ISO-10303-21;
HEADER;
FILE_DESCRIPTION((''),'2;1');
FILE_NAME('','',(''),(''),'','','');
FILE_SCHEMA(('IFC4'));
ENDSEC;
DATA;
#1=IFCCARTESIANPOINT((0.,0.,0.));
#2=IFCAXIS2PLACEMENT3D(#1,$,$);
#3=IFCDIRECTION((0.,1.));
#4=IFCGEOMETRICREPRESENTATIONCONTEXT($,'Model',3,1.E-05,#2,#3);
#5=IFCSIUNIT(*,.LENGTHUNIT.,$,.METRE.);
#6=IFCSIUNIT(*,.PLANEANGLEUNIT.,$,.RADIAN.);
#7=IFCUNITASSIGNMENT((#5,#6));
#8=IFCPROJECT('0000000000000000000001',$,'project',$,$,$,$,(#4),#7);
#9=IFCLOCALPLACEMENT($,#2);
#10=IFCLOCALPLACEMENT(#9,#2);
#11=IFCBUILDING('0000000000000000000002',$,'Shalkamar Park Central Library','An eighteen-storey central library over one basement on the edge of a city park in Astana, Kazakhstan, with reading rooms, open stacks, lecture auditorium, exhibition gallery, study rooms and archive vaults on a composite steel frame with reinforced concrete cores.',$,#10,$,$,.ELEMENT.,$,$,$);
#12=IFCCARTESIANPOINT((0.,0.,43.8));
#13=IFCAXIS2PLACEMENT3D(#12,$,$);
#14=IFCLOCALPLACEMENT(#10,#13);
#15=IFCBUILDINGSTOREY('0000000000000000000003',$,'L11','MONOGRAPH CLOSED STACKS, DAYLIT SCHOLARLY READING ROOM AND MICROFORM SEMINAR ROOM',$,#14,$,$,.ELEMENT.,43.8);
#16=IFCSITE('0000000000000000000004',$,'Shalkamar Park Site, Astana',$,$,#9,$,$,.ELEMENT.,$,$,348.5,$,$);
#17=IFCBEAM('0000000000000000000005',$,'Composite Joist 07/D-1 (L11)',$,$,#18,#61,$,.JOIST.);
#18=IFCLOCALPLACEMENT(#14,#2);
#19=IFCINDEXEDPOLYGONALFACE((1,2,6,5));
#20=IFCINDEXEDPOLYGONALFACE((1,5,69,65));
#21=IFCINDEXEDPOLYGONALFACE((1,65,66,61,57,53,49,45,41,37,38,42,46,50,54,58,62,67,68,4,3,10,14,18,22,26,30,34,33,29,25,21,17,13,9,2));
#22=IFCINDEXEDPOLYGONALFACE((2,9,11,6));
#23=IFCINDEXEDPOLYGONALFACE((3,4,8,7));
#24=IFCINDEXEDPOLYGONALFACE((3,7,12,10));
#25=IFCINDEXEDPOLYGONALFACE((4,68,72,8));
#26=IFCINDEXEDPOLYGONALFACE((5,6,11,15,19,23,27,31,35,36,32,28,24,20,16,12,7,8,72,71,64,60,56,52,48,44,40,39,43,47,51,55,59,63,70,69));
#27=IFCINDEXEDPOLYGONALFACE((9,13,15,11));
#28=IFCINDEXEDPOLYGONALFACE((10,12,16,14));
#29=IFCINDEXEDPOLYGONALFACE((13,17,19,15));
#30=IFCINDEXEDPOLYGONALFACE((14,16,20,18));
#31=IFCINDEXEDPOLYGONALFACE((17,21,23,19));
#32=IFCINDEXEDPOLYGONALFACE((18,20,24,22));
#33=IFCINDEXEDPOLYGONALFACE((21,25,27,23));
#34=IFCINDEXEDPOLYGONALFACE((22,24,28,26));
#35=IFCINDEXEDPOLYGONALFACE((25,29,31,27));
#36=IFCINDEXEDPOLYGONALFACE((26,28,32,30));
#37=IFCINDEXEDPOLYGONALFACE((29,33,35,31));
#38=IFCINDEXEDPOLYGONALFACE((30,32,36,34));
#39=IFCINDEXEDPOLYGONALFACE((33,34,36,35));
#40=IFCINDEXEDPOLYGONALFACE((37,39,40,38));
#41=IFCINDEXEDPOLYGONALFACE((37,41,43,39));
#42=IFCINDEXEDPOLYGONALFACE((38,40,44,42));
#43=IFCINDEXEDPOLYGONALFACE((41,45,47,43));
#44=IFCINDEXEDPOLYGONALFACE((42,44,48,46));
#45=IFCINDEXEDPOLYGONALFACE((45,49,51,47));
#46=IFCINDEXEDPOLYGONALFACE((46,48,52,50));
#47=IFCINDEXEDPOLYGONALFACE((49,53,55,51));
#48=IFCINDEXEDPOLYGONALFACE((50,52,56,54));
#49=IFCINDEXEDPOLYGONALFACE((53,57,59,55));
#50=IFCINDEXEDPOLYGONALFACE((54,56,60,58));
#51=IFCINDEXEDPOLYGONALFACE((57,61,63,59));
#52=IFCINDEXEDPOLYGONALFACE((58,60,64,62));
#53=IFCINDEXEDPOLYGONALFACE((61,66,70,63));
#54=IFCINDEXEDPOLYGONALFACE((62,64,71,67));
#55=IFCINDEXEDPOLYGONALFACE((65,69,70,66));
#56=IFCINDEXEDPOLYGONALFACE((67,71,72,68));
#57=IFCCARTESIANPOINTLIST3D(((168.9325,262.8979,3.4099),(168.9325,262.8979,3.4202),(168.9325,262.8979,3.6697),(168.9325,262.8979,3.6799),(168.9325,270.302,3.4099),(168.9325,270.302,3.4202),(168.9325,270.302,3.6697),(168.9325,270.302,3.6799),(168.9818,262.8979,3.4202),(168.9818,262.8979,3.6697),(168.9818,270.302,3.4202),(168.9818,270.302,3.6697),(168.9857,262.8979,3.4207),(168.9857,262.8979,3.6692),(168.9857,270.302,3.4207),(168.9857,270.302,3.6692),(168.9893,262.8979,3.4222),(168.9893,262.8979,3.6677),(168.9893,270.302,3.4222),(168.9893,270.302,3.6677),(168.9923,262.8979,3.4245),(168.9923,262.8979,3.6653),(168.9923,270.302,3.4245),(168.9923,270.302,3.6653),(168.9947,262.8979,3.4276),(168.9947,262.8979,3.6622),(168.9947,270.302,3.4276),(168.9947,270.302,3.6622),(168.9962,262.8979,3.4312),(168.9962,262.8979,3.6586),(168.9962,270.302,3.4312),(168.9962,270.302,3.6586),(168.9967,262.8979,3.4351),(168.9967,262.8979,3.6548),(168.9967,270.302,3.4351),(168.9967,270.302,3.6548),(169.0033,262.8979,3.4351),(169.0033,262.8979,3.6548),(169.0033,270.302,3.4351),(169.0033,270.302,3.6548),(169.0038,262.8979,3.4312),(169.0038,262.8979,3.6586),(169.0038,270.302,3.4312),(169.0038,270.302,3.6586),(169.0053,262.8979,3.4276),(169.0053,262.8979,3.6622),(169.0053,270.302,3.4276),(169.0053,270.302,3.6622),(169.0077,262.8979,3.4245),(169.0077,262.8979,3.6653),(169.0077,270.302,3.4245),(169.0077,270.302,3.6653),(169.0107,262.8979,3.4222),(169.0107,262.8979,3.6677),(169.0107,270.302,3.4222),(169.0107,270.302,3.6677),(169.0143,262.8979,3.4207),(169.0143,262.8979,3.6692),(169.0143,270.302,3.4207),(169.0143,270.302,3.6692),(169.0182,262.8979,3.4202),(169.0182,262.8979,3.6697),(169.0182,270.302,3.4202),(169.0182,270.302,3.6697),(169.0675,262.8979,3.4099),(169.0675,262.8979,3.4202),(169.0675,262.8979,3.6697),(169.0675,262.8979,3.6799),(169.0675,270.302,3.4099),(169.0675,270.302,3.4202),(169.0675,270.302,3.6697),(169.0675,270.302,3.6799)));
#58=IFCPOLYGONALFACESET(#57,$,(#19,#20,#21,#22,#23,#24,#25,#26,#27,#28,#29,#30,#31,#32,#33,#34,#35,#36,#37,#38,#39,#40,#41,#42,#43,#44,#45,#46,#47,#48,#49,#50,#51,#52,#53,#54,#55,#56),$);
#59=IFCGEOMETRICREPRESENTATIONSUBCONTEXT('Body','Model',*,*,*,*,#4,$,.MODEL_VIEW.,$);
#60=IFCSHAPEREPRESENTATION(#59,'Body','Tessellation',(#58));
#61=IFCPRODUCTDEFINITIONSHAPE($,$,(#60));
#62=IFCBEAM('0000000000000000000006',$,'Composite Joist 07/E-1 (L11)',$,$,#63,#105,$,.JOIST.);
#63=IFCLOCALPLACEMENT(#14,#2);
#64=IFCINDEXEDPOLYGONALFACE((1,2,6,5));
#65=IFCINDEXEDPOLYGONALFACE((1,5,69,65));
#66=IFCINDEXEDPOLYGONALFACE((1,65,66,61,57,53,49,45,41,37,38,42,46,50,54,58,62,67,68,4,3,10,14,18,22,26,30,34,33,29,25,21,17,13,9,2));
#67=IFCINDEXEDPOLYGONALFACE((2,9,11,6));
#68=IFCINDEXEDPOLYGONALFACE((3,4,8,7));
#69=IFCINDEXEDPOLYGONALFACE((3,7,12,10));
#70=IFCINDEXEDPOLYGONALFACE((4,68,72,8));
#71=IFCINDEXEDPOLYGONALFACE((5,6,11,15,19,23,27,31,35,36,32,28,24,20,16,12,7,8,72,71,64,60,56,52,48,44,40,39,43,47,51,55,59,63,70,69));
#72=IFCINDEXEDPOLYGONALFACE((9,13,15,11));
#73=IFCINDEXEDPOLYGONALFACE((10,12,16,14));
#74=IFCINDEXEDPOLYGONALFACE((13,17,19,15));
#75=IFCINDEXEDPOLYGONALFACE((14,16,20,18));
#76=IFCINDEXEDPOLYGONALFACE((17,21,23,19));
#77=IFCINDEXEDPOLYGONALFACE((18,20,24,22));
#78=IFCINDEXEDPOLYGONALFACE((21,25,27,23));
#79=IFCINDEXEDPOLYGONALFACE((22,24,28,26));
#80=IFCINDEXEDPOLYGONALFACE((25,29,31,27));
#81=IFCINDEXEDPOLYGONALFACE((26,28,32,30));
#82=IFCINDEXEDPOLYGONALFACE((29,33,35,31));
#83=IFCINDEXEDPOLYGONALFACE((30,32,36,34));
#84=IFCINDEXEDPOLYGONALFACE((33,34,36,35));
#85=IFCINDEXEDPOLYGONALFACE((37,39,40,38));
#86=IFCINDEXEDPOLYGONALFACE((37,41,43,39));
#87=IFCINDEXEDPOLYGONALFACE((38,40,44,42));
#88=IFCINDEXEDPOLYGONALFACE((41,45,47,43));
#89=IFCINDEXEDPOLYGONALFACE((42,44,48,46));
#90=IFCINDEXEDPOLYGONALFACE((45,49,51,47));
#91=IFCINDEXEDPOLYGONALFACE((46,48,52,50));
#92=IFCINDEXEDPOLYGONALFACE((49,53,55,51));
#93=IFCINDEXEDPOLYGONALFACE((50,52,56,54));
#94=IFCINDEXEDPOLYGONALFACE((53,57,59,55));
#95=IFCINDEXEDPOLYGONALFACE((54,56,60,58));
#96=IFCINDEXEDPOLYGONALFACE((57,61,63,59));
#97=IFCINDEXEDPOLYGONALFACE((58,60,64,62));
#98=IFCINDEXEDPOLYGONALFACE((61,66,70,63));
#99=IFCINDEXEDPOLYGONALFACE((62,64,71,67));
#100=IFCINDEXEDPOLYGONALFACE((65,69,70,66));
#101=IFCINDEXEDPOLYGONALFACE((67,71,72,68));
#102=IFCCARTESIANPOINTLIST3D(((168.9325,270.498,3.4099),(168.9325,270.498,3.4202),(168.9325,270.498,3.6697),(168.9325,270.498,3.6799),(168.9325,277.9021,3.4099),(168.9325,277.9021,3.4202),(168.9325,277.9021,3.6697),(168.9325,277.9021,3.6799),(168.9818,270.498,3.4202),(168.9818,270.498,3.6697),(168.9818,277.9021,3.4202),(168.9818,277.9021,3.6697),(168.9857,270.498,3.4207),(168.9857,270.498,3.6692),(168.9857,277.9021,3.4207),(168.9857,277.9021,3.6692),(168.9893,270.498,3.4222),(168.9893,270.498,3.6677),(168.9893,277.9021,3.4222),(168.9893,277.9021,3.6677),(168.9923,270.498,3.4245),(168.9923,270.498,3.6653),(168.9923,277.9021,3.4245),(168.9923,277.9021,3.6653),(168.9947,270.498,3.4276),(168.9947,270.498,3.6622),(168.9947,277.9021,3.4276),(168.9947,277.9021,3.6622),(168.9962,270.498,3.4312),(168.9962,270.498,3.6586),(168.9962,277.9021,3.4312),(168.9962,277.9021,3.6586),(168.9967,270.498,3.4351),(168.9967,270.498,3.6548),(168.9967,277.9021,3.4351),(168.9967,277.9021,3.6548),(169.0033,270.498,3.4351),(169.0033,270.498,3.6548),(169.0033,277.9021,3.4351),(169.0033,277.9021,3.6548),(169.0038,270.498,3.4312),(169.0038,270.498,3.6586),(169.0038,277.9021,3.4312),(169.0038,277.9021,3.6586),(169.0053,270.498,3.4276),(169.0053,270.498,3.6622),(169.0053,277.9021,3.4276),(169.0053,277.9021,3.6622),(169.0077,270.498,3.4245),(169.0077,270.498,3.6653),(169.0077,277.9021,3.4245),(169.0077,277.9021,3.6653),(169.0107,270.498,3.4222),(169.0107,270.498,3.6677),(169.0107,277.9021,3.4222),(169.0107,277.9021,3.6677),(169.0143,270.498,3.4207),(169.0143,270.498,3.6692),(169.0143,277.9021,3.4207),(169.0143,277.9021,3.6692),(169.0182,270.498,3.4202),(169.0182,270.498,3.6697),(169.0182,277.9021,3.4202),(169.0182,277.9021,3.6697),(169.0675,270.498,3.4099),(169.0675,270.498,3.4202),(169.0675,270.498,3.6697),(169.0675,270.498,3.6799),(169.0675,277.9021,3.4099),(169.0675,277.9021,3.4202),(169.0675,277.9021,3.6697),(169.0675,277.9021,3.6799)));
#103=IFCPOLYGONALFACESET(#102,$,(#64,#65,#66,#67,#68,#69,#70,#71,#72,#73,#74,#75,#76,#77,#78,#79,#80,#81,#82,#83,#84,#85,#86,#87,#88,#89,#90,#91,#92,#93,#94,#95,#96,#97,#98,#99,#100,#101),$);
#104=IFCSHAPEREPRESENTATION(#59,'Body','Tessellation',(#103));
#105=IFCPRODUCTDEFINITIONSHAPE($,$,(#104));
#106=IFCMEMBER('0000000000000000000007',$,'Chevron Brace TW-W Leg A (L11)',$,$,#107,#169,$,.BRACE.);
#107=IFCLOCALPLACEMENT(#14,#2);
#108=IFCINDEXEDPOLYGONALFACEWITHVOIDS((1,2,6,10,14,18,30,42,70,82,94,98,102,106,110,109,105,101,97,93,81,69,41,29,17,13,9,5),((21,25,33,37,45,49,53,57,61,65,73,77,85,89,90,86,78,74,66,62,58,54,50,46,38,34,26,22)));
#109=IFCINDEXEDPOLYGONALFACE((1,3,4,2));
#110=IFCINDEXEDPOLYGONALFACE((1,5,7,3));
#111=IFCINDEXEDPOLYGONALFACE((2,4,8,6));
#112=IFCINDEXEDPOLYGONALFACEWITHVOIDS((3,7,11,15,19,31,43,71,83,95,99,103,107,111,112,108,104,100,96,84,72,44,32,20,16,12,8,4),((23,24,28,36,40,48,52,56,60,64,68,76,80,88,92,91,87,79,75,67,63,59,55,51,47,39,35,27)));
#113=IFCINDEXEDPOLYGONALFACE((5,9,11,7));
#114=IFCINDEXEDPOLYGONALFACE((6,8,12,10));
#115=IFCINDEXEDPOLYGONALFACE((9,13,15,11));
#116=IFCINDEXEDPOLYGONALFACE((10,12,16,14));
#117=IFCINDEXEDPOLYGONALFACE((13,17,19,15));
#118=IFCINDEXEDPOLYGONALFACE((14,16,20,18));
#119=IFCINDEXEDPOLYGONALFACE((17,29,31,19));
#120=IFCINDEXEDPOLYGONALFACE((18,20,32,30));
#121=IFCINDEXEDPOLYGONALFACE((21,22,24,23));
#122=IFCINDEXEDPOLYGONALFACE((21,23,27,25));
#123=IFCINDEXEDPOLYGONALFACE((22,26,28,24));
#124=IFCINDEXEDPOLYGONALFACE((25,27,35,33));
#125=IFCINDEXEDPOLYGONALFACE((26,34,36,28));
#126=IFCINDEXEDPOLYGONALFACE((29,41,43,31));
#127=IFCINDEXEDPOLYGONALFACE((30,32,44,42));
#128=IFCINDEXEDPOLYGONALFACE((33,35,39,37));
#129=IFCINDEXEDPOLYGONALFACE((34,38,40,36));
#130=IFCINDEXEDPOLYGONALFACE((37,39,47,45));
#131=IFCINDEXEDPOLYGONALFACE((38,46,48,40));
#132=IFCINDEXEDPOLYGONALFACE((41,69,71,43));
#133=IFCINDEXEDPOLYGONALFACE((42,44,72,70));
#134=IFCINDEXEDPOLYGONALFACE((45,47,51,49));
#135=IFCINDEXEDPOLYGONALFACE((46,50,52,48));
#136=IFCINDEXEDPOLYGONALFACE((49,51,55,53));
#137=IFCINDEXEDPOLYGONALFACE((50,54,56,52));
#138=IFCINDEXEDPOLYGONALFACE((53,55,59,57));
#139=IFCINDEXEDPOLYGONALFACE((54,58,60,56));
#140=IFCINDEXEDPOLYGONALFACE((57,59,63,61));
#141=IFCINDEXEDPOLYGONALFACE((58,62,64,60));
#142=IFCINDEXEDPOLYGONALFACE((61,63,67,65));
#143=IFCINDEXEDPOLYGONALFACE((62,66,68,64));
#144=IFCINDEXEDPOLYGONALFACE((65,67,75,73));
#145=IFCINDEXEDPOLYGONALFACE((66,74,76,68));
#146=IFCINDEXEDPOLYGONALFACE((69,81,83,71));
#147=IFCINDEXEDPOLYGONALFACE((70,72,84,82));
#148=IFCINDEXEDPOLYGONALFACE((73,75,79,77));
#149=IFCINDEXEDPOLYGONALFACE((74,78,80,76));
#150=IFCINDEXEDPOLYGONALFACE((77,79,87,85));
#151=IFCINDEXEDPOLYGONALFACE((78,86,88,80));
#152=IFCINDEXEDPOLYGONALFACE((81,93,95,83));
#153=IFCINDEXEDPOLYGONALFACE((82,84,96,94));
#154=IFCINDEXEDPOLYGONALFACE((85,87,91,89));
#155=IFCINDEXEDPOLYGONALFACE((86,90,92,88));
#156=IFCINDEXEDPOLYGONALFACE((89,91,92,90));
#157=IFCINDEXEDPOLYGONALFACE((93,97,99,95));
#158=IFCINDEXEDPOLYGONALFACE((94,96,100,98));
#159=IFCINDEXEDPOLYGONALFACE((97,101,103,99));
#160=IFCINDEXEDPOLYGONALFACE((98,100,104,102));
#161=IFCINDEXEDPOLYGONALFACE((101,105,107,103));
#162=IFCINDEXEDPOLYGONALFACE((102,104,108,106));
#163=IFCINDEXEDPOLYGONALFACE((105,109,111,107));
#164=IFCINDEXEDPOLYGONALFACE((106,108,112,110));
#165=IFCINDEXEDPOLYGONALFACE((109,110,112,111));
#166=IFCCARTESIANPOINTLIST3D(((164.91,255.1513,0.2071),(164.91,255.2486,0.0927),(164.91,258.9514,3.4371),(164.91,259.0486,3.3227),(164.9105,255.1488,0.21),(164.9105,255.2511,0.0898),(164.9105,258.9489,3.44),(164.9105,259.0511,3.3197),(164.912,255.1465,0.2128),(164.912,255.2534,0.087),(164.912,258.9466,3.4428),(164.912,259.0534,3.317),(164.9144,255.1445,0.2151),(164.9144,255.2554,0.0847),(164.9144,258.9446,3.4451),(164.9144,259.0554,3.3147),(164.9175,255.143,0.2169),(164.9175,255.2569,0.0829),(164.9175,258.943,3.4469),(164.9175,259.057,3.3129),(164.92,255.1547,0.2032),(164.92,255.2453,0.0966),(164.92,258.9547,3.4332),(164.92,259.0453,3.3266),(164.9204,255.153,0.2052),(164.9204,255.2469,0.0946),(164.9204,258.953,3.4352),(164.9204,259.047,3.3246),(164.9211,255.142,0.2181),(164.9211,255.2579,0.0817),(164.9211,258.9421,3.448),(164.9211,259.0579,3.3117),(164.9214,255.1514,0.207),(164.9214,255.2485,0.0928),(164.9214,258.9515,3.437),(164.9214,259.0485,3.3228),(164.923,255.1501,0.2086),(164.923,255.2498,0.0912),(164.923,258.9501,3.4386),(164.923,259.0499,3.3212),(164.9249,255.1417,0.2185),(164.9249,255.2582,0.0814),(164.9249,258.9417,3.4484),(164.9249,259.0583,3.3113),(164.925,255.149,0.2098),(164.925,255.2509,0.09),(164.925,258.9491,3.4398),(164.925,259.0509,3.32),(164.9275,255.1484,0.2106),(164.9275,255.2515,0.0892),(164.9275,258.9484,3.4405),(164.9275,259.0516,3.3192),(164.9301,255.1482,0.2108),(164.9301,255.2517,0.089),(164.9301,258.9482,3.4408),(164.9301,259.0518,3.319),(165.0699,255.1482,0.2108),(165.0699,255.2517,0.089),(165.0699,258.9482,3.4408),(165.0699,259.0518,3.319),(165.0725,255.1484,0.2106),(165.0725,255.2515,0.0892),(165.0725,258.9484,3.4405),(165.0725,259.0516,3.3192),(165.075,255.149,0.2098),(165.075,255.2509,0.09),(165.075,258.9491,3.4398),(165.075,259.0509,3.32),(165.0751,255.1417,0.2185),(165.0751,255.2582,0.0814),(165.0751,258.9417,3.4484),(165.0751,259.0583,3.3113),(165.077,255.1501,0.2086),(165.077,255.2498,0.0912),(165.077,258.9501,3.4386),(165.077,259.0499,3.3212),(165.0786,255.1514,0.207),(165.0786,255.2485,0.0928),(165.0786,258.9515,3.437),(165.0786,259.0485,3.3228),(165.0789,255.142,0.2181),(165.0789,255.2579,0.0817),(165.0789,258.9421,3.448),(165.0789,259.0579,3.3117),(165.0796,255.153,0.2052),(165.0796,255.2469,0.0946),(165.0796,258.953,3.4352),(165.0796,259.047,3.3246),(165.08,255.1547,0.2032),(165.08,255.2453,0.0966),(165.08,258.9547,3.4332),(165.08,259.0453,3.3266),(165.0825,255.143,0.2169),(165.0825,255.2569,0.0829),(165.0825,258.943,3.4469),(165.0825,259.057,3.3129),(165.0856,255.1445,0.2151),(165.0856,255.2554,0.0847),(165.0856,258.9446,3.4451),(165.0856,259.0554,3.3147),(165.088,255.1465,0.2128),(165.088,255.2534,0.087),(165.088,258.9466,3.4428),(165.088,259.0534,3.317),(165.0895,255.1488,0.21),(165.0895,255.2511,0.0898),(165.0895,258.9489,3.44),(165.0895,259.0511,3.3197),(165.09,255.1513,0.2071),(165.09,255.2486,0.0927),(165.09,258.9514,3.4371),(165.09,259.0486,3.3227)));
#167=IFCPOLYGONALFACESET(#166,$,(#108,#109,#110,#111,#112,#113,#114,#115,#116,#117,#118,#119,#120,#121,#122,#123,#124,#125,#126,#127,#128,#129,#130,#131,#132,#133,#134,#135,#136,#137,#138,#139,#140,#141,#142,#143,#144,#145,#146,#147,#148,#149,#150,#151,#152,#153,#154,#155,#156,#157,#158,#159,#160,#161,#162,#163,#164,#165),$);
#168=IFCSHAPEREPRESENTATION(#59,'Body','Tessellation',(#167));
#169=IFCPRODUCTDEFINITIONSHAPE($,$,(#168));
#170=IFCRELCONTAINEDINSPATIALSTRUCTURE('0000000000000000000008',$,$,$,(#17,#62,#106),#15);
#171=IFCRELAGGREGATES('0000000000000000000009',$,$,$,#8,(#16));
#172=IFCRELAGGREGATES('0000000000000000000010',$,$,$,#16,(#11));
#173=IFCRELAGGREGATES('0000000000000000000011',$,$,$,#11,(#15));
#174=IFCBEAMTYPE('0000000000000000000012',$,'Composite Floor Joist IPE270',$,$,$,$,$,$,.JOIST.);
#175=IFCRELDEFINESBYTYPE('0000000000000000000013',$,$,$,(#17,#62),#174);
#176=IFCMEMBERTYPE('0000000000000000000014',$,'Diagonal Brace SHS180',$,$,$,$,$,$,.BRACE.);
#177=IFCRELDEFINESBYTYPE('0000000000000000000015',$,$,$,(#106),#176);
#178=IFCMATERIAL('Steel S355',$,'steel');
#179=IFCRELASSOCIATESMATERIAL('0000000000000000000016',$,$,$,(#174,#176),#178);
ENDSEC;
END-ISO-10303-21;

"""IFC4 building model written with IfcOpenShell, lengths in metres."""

from ifc_helpers import new_model, si_unit, direction, frame, origin, origin_2d, place, context, subcontext, project, spatial, hollow_rectangle, i_section, extrude, material, material_profile, profile_set, type_object, element, save


model = new_model("IFC4")

# Units and contexts
model_context = context("Model", 3, precision=1e-05, world=origin(), true_north=direction((0.0, 1.0)))
body_context = subcontext(model_context, "Body", "Model", "MODEL_VIEW")
ifc_project = project(units=[si_unit("LENGTHUNIT", "METRE"), si_unit("PLANEANGLEUNIT", "RADIAN")], contexts=[model_context])

# Site, building, storey
site_placement = place(None, origin())
site = spatial("IfcSite", under=ifc_project, at=site_placement, Name="Shalkamar Park Site, Astana", CompositionType="ELEMENT", RefElevation=348.5)
building_placement = place(site_placement, origin())
building = spatial("IfcBuilding", under=site, at=building_placement, Name="Shalkamar Park Central Library", Description="An eighteen-storey central library over one basement on the edge of a city park in Astana, Kazakhstan, with reading rooms, open stacks, lecture auditorium, exhibition gallery, study rooms and archive vaults on a composite steel frame with reinforced concrete cores.", CompositionType="ELEMENT")
storey_placement = place(building_placement, frame((0.0, 0.0, 43.8)))
storey = spatial("IfcBuildingStorey", under=building, at=storey_placement, Name="L11", Description="MONOGRAPH CLOSED STACKS, DAYLIT SCHOLARLY READING ROOM AND MICROFORM SEMINAR ROOM", CompositionType="ELEMENT", Elevation=43.8)

# Shared definitions
ifc_material_1 = material(Name="Steel S355", Category="steel")

# Beams
ifc_material_profile_1 = material_profile(ifc_material_1, i_section(OverallWidth=0.135, OverallDepth=0.27, WebThickness=0.0066, FlangeThickness=0.0103, FilletRadius=0.0149, at=origin_2d()), Name="IPE 270")
ifc_profile_set_1 = profile_set([ifc_material_profile_1], Name="Steel S355")
beam_type_1 = type_object("IfcBeamType", Name="Composite Floor Joist IPE270", PredefinedType="JOIST", material=ifc_profile_set_1)
for number, where, z_axis, x_axis, name in (
    (1, (169.0, 262.8979, 3.5449), (0.0, 1.0, 0.0), (-1.0, 0.0, 0.0), "Composite Joist 07/D-1 (L11)"),
    (2, (169.0, 270.498, 3.5449), (0.0, 1.0, 0.0), (-1.0, 0.0, 0.0), "Composite Joist 07/E-1 (L11)"),
):
    element("IfcBeam", number, at=place(storey_placement, frame(where, z_axis=z_axis, x_axis=x_axis)), inside=storey, type_object=beam_type_1, Name=name, PredefinedType="JOIST", context=body_context, shape_type="SweptSolid", body=[
        extrude(i_section(OverallWidth=0.135, OverallDepth=0.27, WebThickness=0.0066, FlangeThickness=0.0103, FilletRadius=0.0149, at=origin_2d()), origin(), (0.0, 0.0, 1.0), 7.4041),
    ])

# Member
ifc_material_profile_2 = material_profile(ifc_material_1, hollow_rectangle(XDim=0.1799, YDim=0.1799, WallThickness=0.01, InnerFilletRadius=0.01, OuterFilletRadius=0.0149, at=origin_2d()), Name="SHS 180x180x10")
ifc_profile_set_2 = profile_set([ifc_material_profile_2], Name="Steel S355")
member_type = type_object("IfcMemberType", Name="Diagonal Brace SHS180", PredefinedType="BRACE", material=ifc_profile_set_2)
for number, where, z_axis, x_axis, name in (
    (3, (165.0, 255.2, 0.1499), (0.0, 0.761945, 0.647641), (-1.0, 0.0, 0.0), "Chevron Brace TW-W Leg A (L11)"),
):
    element("IfcMember", number, at=place(storey_placement, frame(where, z_axis=z_axis, x_axis=x_axis)), inside=storey, type_object=member_type, Name=name, PredefinedType="BRACE", context=body_context, shape_type="SweptSolid", body=[
        extrude(hollow_rectangle(XDim=0.1799, YDim=0.1799, WallThickness=0.01, InnerFilletRadius=0.01, OuterFilletRadius=0.0149, at=origin_2d()), origin(), (0.0, 0.0, 1.0), 4.9873),
    ])

save(model, "model.ifc")
